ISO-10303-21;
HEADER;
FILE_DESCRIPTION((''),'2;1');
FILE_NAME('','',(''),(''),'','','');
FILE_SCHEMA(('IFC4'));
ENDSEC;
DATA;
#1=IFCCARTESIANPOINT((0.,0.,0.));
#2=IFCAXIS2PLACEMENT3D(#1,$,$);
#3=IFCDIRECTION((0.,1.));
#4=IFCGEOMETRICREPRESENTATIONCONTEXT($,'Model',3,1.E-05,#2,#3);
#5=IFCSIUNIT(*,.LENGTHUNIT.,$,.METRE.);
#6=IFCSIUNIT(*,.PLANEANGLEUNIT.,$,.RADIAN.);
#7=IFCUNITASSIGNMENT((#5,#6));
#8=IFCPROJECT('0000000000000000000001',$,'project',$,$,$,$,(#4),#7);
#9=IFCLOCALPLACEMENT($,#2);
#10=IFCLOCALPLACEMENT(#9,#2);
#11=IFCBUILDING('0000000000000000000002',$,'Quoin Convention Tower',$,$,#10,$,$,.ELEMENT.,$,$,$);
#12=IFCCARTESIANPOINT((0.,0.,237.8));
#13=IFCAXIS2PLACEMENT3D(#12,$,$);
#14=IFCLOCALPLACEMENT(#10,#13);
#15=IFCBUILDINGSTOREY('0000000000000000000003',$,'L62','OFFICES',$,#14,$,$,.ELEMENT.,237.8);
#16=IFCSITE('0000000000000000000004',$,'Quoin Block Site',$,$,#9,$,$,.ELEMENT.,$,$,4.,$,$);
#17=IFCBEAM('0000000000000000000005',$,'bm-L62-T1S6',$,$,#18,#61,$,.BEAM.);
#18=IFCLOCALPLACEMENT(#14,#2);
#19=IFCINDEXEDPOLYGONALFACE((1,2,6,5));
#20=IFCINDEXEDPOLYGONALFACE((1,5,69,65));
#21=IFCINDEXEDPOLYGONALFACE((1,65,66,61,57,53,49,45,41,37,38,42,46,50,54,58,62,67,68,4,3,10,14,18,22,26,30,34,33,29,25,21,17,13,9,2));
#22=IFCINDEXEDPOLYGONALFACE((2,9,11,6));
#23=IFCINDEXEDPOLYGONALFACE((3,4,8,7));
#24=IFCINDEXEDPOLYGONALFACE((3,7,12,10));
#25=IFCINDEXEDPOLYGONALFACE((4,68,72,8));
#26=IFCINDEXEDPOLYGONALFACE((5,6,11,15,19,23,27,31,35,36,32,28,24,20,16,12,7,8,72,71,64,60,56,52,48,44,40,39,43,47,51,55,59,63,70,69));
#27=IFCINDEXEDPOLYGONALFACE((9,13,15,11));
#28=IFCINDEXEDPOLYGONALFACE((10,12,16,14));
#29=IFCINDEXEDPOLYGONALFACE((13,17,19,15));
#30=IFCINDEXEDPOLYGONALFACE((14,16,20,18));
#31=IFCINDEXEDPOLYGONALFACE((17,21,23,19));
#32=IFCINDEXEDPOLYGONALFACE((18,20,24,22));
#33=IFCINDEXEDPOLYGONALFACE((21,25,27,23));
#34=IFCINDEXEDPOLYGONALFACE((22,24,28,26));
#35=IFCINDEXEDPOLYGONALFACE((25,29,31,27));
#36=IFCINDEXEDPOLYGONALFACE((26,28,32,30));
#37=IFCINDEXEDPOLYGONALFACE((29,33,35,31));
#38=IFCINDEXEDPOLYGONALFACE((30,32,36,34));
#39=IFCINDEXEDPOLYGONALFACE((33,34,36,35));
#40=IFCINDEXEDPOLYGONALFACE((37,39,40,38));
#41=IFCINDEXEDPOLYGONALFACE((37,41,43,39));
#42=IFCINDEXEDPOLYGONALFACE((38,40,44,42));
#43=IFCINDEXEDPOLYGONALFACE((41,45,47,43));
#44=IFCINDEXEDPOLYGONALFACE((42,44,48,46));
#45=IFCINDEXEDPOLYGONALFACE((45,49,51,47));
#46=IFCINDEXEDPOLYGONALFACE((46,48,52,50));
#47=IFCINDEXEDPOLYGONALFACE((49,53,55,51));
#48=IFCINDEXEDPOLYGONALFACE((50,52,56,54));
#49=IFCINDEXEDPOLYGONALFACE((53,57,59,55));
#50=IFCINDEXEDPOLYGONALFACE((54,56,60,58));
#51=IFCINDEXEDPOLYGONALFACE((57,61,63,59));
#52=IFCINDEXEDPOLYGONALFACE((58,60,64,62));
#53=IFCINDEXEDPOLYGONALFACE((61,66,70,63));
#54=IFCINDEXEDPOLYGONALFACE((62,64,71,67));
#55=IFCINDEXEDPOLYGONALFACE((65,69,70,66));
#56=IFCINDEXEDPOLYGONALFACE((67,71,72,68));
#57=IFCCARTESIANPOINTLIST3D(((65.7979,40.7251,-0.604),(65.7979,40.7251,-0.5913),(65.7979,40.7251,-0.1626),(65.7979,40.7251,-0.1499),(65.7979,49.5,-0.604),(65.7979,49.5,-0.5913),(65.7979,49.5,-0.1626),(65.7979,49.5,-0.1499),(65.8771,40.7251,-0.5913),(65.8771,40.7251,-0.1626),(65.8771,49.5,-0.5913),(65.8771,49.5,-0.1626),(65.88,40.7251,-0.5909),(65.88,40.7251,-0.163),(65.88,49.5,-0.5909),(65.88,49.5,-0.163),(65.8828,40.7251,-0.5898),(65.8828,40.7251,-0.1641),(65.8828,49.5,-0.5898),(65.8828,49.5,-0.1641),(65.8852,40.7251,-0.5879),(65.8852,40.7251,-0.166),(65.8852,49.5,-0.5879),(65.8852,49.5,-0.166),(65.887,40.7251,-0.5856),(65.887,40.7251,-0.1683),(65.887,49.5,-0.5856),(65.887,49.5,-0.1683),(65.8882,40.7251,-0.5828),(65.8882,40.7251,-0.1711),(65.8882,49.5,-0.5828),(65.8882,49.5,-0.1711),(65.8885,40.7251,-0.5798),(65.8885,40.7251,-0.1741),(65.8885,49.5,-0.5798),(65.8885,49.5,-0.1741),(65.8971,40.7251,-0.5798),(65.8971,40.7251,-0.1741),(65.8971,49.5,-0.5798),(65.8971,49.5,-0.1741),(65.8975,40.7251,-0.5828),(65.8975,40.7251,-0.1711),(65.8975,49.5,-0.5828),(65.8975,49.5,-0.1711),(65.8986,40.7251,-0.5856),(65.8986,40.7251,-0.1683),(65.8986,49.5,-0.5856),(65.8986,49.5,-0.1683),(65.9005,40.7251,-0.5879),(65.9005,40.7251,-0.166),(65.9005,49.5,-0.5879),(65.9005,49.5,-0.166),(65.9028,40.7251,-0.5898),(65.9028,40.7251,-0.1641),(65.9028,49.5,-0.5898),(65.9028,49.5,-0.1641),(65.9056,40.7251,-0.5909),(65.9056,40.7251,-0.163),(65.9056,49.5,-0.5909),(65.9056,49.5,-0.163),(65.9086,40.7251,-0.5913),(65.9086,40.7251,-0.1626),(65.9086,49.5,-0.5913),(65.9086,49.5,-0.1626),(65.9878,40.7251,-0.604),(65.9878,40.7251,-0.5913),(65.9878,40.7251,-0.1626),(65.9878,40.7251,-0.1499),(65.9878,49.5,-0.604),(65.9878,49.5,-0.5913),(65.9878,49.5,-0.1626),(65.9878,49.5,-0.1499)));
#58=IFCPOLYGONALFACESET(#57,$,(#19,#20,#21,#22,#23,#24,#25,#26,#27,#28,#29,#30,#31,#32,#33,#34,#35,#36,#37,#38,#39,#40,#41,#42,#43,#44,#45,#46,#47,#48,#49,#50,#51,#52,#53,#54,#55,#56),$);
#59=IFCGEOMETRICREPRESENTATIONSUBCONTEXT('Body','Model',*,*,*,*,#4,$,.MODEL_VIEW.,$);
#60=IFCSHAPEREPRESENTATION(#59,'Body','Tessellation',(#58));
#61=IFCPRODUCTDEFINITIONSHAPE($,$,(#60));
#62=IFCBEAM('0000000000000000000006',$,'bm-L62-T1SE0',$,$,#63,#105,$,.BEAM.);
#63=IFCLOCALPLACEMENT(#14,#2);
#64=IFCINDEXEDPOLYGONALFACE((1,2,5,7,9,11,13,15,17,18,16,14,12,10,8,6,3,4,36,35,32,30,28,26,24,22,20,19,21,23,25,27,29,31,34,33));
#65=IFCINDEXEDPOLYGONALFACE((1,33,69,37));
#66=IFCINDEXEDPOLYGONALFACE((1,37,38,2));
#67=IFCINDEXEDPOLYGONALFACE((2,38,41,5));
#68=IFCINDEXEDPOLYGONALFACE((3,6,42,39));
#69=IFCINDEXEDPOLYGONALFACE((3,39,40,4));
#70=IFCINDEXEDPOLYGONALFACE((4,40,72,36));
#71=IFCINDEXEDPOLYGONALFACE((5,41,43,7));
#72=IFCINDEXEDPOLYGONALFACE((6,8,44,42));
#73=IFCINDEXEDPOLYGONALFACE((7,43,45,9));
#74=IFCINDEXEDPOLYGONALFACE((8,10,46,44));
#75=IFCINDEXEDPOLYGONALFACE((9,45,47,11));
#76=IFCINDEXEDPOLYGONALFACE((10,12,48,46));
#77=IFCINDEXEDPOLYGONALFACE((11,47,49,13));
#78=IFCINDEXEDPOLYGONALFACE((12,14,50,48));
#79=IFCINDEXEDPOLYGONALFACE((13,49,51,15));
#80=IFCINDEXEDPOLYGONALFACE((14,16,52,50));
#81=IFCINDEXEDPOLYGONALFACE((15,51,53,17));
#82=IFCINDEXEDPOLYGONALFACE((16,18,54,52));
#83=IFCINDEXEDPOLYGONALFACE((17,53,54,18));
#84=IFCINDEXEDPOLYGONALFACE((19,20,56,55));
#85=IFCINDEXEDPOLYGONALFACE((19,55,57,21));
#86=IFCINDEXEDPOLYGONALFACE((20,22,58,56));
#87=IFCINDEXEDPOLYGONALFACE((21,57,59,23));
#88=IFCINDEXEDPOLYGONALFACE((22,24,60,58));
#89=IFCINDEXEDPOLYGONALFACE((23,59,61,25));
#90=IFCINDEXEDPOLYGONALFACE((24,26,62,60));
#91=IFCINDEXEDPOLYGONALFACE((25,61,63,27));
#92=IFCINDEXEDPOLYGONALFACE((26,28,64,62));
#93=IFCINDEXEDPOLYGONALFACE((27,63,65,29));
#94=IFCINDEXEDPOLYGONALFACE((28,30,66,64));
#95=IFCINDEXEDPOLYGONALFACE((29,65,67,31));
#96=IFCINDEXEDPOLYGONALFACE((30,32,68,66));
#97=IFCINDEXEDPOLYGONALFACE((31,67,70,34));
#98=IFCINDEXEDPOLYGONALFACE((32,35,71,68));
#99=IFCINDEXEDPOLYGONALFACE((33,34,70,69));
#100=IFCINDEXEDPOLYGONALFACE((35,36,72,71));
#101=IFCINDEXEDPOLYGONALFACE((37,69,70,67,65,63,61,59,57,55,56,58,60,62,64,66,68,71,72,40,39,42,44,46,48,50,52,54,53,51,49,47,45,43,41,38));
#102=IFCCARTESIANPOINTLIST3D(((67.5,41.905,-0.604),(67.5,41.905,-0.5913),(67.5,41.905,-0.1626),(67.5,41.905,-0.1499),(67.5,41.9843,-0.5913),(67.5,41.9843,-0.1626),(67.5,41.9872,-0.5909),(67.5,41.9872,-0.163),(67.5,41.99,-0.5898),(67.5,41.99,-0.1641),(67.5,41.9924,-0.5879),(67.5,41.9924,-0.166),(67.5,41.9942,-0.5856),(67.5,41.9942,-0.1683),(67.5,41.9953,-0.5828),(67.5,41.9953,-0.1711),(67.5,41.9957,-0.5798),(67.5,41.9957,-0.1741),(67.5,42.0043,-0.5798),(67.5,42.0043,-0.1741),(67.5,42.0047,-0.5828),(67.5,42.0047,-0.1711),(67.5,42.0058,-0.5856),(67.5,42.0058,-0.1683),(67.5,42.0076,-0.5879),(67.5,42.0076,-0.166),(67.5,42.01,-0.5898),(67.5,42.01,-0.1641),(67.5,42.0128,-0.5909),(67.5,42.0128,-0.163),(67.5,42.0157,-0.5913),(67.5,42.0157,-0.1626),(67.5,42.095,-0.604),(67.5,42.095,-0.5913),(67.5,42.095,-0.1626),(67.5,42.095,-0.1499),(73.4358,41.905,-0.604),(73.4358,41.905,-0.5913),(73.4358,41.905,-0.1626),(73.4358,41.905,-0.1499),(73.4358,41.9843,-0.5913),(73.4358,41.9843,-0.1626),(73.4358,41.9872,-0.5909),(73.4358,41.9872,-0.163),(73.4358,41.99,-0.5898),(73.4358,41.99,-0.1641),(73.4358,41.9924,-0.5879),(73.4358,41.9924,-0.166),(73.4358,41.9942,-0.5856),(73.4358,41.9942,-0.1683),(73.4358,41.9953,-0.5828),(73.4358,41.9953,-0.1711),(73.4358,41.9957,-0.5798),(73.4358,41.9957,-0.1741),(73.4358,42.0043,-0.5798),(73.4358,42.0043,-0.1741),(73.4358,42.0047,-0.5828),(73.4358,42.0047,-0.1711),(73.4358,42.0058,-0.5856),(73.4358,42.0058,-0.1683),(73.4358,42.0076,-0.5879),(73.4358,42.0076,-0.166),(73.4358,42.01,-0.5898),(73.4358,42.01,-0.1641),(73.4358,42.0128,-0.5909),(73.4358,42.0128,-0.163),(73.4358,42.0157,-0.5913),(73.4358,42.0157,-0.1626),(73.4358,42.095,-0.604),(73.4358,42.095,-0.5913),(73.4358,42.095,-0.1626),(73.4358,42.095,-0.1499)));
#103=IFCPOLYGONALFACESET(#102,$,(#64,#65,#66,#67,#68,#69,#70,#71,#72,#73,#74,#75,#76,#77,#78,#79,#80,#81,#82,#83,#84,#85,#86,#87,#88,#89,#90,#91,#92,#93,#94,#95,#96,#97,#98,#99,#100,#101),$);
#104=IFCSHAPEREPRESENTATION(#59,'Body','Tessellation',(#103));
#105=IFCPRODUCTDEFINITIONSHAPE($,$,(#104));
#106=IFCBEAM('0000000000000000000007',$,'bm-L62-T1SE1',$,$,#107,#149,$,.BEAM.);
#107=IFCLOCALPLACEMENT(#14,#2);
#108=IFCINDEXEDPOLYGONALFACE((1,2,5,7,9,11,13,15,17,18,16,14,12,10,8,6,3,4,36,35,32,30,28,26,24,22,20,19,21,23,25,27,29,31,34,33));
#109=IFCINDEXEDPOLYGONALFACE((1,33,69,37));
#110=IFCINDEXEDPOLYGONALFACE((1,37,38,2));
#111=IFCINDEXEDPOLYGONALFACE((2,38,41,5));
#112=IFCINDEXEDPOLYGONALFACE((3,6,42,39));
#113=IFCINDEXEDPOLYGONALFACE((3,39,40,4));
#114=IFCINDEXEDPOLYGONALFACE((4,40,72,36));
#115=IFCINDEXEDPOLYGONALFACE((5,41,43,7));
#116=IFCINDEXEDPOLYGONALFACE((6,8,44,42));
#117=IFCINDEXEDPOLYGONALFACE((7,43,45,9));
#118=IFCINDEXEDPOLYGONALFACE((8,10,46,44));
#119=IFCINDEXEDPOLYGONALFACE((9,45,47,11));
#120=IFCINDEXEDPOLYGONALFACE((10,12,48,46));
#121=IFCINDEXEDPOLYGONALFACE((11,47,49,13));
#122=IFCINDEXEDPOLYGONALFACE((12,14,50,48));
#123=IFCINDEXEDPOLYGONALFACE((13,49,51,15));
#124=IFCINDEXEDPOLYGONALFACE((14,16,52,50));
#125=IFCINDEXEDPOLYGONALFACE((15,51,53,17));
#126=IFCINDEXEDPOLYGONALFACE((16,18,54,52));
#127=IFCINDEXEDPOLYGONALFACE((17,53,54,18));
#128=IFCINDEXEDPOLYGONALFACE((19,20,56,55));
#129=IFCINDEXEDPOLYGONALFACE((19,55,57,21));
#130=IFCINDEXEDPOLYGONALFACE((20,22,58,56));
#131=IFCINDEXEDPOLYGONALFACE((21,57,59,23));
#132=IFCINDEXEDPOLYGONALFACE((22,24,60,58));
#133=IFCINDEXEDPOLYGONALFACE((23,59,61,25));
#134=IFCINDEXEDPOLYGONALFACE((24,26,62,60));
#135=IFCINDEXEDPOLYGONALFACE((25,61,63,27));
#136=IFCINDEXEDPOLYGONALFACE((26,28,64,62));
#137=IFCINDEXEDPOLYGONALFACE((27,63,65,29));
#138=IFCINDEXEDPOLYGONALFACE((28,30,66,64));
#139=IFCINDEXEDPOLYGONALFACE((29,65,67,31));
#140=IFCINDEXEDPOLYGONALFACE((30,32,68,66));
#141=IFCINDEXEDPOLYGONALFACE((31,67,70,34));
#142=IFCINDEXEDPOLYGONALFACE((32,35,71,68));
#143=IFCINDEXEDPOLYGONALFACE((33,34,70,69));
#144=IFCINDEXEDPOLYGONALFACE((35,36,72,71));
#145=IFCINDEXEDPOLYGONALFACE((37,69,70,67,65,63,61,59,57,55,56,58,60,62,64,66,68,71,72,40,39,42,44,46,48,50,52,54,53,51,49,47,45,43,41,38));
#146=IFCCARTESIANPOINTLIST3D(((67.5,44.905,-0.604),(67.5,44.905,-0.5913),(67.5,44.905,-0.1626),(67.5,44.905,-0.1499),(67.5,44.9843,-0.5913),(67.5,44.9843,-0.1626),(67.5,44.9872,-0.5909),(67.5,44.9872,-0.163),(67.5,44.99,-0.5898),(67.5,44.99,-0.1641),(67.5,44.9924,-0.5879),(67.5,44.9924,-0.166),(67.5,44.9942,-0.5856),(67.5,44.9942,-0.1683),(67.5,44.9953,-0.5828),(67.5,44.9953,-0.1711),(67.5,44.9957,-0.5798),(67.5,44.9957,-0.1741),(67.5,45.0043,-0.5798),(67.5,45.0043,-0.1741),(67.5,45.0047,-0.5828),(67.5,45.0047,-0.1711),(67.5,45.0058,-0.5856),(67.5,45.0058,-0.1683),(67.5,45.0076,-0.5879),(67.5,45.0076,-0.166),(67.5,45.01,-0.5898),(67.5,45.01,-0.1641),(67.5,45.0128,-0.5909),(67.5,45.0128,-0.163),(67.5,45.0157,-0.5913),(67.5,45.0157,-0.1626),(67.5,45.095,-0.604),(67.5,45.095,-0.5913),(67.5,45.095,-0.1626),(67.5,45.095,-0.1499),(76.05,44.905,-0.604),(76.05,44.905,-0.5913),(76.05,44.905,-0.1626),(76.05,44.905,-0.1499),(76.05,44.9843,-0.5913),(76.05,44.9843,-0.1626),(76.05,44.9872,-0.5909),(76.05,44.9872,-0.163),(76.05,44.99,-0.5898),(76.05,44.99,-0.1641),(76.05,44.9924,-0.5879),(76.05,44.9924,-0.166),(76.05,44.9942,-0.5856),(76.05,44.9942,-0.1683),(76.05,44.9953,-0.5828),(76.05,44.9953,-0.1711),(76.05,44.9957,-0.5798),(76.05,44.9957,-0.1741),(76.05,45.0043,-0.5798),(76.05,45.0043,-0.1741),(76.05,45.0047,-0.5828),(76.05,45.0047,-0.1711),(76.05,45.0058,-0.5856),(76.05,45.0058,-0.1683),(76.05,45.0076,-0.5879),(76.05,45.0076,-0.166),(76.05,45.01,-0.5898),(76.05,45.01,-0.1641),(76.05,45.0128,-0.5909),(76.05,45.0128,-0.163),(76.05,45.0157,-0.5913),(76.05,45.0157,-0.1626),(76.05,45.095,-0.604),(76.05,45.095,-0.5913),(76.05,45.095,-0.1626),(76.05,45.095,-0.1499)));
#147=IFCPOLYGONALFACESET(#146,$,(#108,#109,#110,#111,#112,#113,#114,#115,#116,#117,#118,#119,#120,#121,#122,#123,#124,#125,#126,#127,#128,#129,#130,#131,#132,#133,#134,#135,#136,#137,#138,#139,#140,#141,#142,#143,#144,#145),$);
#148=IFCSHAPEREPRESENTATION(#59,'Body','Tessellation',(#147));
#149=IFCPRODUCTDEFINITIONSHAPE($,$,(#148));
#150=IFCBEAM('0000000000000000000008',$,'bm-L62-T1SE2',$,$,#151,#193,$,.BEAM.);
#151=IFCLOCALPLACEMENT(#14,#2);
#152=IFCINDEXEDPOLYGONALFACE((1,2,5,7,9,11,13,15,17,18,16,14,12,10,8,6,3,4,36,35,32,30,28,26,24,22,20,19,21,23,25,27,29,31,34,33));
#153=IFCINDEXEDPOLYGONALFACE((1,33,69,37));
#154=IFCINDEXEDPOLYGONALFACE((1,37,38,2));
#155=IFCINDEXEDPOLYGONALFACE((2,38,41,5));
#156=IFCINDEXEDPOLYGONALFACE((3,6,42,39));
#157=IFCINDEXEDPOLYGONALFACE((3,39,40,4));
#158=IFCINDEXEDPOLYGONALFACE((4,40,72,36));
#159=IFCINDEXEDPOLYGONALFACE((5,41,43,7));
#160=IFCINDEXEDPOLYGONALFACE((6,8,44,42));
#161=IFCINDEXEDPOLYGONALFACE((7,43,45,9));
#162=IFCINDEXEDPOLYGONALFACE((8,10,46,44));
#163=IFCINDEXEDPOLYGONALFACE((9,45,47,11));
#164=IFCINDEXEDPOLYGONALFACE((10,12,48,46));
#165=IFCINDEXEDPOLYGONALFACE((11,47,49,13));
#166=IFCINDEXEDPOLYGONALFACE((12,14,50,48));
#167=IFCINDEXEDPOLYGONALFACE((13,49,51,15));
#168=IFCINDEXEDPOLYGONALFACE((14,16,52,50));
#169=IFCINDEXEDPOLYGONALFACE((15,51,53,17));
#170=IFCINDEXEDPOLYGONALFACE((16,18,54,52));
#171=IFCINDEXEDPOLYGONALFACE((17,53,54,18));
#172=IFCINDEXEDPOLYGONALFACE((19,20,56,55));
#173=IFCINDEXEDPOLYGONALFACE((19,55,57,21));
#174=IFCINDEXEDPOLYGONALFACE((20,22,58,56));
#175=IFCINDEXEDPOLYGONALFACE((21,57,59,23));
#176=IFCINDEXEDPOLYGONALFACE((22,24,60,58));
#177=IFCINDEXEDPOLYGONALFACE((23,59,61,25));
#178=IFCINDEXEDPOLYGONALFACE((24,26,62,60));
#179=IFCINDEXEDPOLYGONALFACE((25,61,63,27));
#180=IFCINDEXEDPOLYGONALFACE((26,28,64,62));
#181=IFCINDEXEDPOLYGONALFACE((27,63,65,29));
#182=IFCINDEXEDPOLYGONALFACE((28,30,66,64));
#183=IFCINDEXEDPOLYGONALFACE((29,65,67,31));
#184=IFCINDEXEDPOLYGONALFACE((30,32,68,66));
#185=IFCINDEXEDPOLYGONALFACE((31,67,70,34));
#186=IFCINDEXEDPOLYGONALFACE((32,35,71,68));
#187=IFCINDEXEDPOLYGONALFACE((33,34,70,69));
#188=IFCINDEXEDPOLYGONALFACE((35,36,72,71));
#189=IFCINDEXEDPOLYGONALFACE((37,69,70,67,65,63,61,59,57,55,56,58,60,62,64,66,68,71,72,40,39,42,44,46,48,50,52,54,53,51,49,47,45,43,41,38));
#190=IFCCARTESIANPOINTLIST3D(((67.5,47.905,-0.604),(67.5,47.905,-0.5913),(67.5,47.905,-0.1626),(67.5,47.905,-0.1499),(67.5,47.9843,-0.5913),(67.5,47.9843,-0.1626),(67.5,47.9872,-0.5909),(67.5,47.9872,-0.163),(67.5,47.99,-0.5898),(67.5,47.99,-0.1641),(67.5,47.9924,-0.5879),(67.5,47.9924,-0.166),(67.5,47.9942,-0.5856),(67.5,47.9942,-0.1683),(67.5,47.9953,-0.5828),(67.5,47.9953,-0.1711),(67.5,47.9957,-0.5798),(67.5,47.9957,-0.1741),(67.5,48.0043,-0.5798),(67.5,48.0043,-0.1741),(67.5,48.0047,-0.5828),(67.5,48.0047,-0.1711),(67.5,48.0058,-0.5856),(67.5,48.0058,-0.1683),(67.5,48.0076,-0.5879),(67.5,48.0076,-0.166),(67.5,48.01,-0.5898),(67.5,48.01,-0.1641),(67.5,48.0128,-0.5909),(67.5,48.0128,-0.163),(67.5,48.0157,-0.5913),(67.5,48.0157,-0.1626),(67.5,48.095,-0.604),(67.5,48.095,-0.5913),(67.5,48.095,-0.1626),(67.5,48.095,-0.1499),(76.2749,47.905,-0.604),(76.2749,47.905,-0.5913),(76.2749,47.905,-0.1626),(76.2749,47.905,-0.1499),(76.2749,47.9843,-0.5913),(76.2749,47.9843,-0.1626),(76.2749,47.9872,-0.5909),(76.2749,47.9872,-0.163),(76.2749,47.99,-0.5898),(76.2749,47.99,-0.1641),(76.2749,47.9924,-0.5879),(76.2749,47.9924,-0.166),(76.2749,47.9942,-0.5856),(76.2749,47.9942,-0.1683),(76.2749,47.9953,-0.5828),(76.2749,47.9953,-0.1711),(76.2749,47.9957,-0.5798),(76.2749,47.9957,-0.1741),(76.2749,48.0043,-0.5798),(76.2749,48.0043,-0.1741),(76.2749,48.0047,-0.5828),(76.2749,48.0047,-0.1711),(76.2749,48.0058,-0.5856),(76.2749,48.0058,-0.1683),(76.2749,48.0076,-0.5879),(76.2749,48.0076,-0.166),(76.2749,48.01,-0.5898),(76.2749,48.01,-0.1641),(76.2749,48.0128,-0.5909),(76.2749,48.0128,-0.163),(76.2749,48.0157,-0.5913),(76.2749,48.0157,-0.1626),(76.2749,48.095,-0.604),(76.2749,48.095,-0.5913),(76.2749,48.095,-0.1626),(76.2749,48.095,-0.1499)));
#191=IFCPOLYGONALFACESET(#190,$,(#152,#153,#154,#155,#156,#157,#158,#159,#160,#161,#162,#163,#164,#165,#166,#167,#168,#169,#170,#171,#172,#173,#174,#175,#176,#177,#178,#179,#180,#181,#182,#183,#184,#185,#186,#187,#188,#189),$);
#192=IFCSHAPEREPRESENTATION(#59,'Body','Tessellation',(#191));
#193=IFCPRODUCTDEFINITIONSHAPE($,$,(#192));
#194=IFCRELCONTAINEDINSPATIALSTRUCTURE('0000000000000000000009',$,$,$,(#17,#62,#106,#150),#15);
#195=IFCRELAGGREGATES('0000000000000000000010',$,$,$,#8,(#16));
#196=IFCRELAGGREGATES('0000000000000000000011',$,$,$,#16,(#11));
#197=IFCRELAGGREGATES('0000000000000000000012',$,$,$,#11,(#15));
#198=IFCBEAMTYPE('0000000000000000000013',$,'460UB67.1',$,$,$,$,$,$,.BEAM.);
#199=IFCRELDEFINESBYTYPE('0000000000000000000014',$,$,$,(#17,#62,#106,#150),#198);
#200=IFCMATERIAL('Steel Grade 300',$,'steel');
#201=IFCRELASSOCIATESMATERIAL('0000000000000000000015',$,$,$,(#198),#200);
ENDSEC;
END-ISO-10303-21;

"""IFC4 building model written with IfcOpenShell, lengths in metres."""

from ifc_helpers import new_model, si_unit, direction, frame, origin, origin_2d, place, context, subcontext, project, spatial, i_section, extrude, material, material_profile, profile_set, type_object, element, save


model = new_model("IFC4")

# Units and contexts
model_context = context("Model", 3, precision=1e-05, world=origin(), true_north=direction((0.0, 1.0)))
body_context = subcontext(model_context, "Body", "Model", "MODEL_VIEW")
ifc_project = project(units=[si_unit("LENGTHUNIT", "METRE"), si_unit("PLANEANGLEUNIT", "RADIAN")], contexts=[model_context])

# Site, building, storey
site_placement = place(None, origin())
site = spatial("IfcSite", under=ifc_project, at=site_placement, Name="Quoin Block Site", CompositionType="ELEMENT", RefElevation=4.0)
building_placement = place(site_placement, origin())
building = spatial("IfcBuilding", under=site, at=building_placement, Name="Quoin Convention Tower", CompositionType="ELEMENT")
storey_placement = place(building_placement, frame((0.0, 0.0, 237.8)))
storey = spatial("IfcBuildingStorey", under=building, at=storey_placement, Name="L62", Description="OFFICES", CompositionType="ELEMENT", Elevation=237.8)

# Beams
ifc_material_1 = material(Name="Steel Grade 300", Category="steel")
ifc_material_profile_1 = material_profile(ifc_material_1, i_section(OverallWidth=0.1899, OverallDepth=0.4541, WebThickness=0.0085, FlangeThickness=0.0127, FilletRadius=0.0115, at=origin_2d()), Name="460UB67.1")
ifc_profile_set_1 = profile_set([ifc_material_profile_1], Name="Steel Grade 300")
beam_type_1 = type_object("IfcBeamType", Name="460UB67.1", PredefinedType="BEAM", material=ifc_profile_set_1)
beam_1_placement = place(storey_placement, frame((65.8928, 40.7251, -0.377), z_axis=(0.0, 1.0, 0.0), x_axis=(-1.0, 0.0, 0.0)))
element("IfcBeam", 1, at=beam_1_placement, inside=storey, type_object=beam_type_1, Name="bm-L62-T1S6", PredefinedType="BEAM", context=body_context, shape_type="SweptSolid", body=[
    extrude(i_section(OverallWidth=0.1899, OverallDepth=0.4541, WebThickness=0.0085, FlangeThickness=0.0127, FilletRadius=0.0115, at=origin_2d()), origin(), (0.0, 0.0, 1.0), 8.7749),
])
beam_2_placement = place(storey_placement, frame((67.5, 42.0, -0.377), z_axis=(1.0, 0.0, 0.0), x_axis=(0.0, 1.0, 0.0)))
element("IfcBeam", 2, at=beam_2_placement, inside=storey, type_object=beam_type_1, Name="bm-L62-T1SE0", PredefinedType="BEAM", context=body_context, shape_type="SweptSolid", body=[
    extrude(i_section(OverallWidth=0.1899, OverallDepth=0.4541, WebThickness=0.0085, FlangeThickness=0.0127, FilletRadius=0.0115, at=origin_2d()), origin(), (0.0, 0.0, 1.0), 5.9358),
])
beam_3_placement = place(storey_placement, frame((67.5, 45.0, -0.377), z_axis=(1.0, 0.0, 0.0), x_axis=(0.0, 1.0, 0.0)))
element("IfcBeam", 3, at=beam_3_placement, inside=storey, type_object=beam_type_1, Name="bm-L62-T1SE1", PredefinedType="BEAM", context=body_context, shape_type="SweptSolid", body=[
    extrude(i_section(OverallWidth=0.1899, OverallDepth=0.4541, WebThickness=0.0085, FlangeThickness=0.0127, FilletRadius=0.0115, at=origin_2d()), origin(), (0.0, 0.0, 1.0), 8.55),
])
beam_4_placement = place(storey_placement, frame((67.5, 48.0, -0.377), z_axis=(1.0, 0.0, 0.0), x_axis=(0.0, 1.0, 0.0)))
element("IfcBeam", 4, at=beam_4_placement, inside=storey, type_object=beam_type_1, Name="bm-L62-T1SE2", PredefinedType="BEAM", context=body_context, shape_type="SweptSolid", body=[
    extrude(i_section(OverallWidth=0.1899, OverallDepth=0.4541, WebThickness=0.0085, FlangeThickness=0.0127, FilletRadius=0.0115, at=origin_2d()), origin(), (0.0, 0.0, 1.0), 8.7749),
])

save(model, "model.ifc")
